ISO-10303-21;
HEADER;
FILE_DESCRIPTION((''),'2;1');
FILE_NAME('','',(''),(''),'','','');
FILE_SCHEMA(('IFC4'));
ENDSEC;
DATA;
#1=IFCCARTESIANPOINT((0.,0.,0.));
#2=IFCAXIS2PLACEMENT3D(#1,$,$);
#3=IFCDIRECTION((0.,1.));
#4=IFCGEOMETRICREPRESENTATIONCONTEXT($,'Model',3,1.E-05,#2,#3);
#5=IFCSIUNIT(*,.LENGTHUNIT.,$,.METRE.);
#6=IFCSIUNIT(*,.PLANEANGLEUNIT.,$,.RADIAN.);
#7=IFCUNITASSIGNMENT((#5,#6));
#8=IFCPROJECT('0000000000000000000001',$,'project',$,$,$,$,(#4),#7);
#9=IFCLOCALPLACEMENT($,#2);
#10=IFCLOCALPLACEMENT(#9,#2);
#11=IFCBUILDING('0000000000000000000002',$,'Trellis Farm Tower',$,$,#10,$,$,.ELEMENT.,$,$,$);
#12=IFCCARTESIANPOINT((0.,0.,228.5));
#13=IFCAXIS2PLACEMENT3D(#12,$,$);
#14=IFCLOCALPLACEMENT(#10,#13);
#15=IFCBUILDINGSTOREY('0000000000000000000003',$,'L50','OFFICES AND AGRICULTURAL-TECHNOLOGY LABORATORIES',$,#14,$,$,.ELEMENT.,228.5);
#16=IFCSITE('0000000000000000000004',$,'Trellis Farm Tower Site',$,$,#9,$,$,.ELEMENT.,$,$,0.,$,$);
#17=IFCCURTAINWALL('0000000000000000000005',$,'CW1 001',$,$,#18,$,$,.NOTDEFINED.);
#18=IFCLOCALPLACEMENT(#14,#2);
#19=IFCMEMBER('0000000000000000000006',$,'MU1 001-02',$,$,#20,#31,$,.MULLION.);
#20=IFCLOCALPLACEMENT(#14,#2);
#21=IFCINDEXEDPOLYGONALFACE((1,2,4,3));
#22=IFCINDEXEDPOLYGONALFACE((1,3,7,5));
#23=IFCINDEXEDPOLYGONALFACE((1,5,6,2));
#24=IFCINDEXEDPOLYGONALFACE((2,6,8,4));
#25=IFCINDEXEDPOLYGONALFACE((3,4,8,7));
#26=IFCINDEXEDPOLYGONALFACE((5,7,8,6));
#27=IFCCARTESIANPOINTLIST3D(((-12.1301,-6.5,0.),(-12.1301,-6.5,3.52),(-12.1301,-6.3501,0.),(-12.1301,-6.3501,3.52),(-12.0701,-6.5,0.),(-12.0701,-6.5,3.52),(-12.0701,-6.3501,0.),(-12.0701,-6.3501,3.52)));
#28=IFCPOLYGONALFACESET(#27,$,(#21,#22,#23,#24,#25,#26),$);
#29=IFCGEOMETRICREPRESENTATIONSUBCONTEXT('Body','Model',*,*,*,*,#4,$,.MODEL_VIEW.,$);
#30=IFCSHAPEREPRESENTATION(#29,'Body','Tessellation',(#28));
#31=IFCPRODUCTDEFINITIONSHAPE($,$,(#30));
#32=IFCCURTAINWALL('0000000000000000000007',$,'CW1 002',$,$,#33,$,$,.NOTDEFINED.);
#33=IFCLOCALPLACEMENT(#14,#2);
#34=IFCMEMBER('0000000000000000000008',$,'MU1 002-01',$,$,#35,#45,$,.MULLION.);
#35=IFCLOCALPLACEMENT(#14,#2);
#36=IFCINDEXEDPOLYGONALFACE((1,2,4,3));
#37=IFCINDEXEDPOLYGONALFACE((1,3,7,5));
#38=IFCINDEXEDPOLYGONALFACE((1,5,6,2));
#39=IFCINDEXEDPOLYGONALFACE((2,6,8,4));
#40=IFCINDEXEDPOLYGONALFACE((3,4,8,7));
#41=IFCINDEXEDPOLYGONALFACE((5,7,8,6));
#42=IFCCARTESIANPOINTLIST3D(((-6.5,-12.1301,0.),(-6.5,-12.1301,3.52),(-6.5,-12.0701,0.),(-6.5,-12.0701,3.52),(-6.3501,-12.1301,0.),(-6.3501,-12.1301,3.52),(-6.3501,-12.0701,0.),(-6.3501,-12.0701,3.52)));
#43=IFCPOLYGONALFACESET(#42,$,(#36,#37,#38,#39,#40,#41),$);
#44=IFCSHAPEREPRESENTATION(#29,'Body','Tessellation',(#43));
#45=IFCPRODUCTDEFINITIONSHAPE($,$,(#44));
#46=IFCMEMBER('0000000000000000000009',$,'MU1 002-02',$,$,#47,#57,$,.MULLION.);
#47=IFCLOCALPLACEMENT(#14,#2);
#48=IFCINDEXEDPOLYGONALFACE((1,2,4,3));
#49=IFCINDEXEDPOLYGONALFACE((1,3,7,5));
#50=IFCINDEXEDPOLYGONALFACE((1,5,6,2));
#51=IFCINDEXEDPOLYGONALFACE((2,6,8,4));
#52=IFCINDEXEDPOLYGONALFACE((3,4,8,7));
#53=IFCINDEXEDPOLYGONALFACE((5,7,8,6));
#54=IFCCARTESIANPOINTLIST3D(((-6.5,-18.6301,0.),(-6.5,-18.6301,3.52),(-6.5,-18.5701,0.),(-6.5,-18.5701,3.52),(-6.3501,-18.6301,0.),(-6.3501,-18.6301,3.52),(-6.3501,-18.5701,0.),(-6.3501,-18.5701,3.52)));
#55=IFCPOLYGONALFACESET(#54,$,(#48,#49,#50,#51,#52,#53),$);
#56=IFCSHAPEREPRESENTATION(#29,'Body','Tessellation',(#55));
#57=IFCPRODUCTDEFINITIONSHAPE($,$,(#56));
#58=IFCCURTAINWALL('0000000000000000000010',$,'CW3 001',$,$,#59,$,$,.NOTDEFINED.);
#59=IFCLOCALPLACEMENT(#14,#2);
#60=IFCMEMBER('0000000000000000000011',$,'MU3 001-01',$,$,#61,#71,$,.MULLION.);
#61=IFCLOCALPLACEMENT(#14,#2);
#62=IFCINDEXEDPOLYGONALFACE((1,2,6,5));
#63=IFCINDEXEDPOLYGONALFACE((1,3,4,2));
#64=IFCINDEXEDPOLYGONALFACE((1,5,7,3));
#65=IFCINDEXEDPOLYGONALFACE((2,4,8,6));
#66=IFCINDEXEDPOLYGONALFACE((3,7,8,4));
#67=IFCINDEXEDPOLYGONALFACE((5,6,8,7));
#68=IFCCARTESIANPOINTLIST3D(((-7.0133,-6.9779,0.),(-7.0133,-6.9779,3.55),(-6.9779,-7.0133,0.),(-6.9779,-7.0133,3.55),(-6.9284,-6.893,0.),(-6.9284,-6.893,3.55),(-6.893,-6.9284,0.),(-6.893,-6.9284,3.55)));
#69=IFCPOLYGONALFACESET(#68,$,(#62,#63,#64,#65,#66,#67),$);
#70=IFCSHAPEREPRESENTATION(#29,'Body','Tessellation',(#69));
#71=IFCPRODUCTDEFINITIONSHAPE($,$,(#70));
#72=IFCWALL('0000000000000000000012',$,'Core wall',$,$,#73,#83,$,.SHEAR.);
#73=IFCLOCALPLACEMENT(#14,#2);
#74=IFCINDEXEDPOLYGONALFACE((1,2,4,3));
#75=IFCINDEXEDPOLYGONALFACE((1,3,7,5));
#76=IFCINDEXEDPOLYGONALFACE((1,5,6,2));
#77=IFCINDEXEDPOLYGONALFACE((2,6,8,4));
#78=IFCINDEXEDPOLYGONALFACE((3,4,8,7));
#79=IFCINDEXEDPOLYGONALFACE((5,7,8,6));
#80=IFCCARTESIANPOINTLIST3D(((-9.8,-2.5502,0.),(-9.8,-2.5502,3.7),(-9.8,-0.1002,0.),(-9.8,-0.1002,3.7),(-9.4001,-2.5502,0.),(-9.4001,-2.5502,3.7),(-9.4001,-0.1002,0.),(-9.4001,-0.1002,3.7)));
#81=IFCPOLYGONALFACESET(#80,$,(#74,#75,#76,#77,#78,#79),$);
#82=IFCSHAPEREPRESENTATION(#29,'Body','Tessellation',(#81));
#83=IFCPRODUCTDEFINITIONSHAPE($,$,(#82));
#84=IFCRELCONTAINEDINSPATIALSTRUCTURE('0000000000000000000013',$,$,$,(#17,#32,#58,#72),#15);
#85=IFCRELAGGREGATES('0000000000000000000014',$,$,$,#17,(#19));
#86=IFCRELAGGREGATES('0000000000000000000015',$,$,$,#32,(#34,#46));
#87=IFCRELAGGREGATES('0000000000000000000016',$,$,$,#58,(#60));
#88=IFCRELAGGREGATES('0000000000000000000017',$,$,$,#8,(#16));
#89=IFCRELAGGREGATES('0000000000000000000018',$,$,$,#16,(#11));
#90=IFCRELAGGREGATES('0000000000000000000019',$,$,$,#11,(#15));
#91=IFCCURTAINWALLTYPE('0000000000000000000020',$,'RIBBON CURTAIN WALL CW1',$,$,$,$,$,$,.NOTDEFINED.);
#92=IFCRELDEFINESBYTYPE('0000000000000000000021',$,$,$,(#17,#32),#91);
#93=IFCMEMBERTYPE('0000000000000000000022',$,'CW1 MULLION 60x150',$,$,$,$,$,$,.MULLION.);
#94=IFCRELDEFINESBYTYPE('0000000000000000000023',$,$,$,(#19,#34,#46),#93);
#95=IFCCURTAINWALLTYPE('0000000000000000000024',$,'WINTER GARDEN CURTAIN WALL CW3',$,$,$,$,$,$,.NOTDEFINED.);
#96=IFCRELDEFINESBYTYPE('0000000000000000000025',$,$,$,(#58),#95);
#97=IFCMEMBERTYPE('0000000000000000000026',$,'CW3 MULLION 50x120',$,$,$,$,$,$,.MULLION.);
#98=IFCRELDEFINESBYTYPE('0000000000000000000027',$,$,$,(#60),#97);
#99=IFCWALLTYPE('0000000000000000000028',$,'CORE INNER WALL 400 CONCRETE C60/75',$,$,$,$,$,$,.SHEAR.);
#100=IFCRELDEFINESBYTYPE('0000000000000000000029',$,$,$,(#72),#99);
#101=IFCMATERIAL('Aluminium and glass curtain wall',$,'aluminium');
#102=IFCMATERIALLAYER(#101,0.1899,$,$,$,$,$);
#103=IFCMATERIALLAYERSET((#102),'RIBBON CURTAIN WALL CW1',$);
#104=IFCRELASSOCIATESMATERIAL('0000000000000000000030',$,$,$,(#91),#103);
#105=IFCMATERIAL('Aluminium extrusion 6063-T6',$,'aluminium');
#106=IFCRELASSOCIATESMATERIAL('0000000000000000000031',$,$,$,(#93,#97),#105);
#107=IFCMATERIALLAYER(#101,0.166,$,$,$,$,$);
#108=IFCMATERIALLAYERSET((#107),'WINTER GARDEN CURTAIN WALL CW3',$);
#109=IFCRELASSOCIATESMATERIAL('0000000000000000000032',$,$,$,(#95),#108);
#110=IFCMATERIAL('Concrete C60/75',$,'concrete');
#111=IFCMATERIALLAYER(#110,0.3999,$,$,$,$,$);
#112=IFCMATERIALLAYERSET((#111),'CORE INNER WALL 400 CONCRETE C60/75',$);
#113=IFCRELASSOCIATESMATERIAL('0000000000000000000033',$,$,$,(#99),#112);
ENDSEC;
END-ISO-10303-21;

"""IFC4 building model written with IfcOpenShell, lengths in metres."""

from ifc_helpers import new_model, si_unit, direction, frame, frame_2d, origin, origin_2d, place, context, subcontext, project, spatial, rectangle, extrude, source, transform, mapped, material, layer, layer_set, material_profile, profile_set, type_object, element, aggregate, save


model = new_model("IFC4")

# Units and contexts
model_context = context("Model", 3, precision=1e-05, world=origin(), true_north=direction((0.0, 1.0)))
body_context = subcontext(model_context, "Body", "Model", "MODEL_VIEW")
ifc_project = project(units=[si_unit("LENGTHUNIT", "METRE"), si_unit("PLANEANGLEUNIT", "RADIAN")], contexts=[model_context])

# Site, building, storey
site_placement = place(None, origin())
site = spatial("IfcSite", under=ifc_project, at=site_placement, Name="Trellis Farm Tower Site", CompositionType="ELEMENT", RefElevation=0.0)
building_placement = place(site_placement, origin())
building = spatial("IfcBuilding", under=site, at=building_placement, Name="Trellis Farm Tower", CompositionType="ELEMENT")
storey_placement = place(building_placement, frame((0.0, 0.0, 228.5)))
storey = spatial("IfcBuildingStorey", under=building, at=storey_placement, Name="L50", Description="OFFICES AND AGRICULTURAL-TECHNOLOGY LABORATORIES", CompositionType="ELEMENT", Elevation=228.5)

# Shared definitions
ifc_material_1 = material(Name="Concrete C60/75", Category="concrete")

# Curtain wall, member
ifc_material_2 = material(Name="Aluminium and glass curtain wall", Category="aluminium")
ifc_layer_1 = layer(ifc_material_2, 0.1899)
ifc_layer_set_1 = layer_set([ifc_layer_1], Name="RIBBON CURTAIN WALL CW1")
curtain_wall_type_1 = type_object("IfcCurtainWallType", Name="RIBBON CURTAIN WALL CW1", PredefinedType="NOTDEFINED", material=ifc_layer_set_1)
placement = place(storey_placement, origin())
curtain_wall_1 = element("IfcCurtainWall", 1, at=placement, inside=storey, type_object=curtain_wall_type_1, Name="CW1 001", PredefinedType="NOTDEFINED")
ifc_material_3 = material(Name="Aluminium extrusion 6063-T6", Category="aluminium")
ifc_material_profile_1 = material_profile(ifc_material_3, rectangle(XDim=0.0601, YDim=0.1499, at=origin_2d()), Name="MULLION 60x150")
ifc_profile_set_1 = profile_set([ifc_material_profile_1], Name="Aluminium extrusion 6063-T6")
member_type_1 = type_object("IfcMemberType", Name="CW1 MULLION 60x150", PredefinedType="MULLION", material=ifc_profile_set_1)
shared_shape_1 = source(origin(), body_context, "Body", "SweptSolid", [
    extrude(rectangle(XDim=0.0601, YDim=0.1499, at=origin_2d()), origin(), (0.0, 0.0, 1.0), 3.52),
])
member_1_placement = place(storey_placement, frame((-12.1001, -6.425, 0.0), z_axis=(0.0, 0.0, 1.0), x_axis=(1.0, 0.0, 0.0)))
member_1 = element("IfcMember", 2, at=member_1_placement, type_object=member_type_1, Name="MU1 001-02", PredefinedType="MULLION", context=body_context, shape_type="MappedRepresentation", body=[
    mapped(shared_shape_1, transform((0.0, 0.0, 0.0))),
])
aggregate(curtain_wall_1, [member_1])

# Curtain wall, members
curtain_wall_2 = element("IfcCurtainWall", 3, at=placement, inside=storey, type_object=curtain_wall_type_1, Name="CW1 002", PredefinedType="NOTDEFINED")
member_2_placement = place(storey_placement, frame((-6.425, -12.1001, 0.0), z_axis=(0.0, 0.0, 1.0), x_axis=(0.0, -1.0, 0.0)))
member_2 = element("IfcMember", 4, at=member_2_placement, type_object=member_type_1, Name="MU1 002-01", PredefinedType="MULLION", context=body_context, shape_type="MappedRepresentation", body=[
    mapped(shared_shape_1, transform((0.0, 0.0, 0.0))),
])
member_3_placement = place(storey_placement, frame((-6.425, -18.6001, 0.0), z_axis=(0.0, 0.0, 1.0), x_axis=(0.0, -1.0, 0.0)))
member_3 = element("IfcMember", 5, at=member_3_placement, type_object=member_type_1, Name="MU1 002-02", PredefinedType="MULLION", context=body_context, shape_type="MappedRepresentation", body=[
    mapped(shared_shape_1, transform((0.0, 0.0, 0.0))),
])
aggregate(curtain_wall_2, [member_2, member_3])

# Curtain wall, member
ifc_layer_2 = layer(ifc_material_2, 0.166)
ifc_layer_set_2 = layer_set([ifc_layer_2], Name="WINTER GARDEN CURTAIN WALL CW3")
curtain_wall_type_2 = type_object("IfcCurtainWallType", Name="WINTER GARDEN CURTAIN WALL CW3", PredefinedType="NOTDEFINED", material=ifc_layer_set_2)
curtain_wall_3 = element("IfcCurtainWall", 6, at=placement, inside=storey, type_object=curtain_wall_type_2, Name="CW3 001", PredefinedType="NOTDEFINED")
ifc_material_profile_2 = material_profile(ifc_material_3, rectangle(XDim=0.05, YDim=0.1201, at=origin_2d()), Name="MULLION 50x120")
ifc_profile_set_2 = profile_set([ifc_material_profile_2], Name="Aluminium extrusion 6063-T6")
member_type_2 = type_object("IfcMemberType", Name="CW3 MULLION 50x120", PredefinedType="MULLION", material=ifc_profile_set_2)
shared_shape_2 = source(origin(), body_context, "Body", "SweptSolid", [
    extrude(rectangle(XDim=0.05, YDim=0.1201, at=origin_2d()), origin(), (0.0, 0.0, 1.0), 3.55),
])
member_4_placement = place(storey_placement, frame((-6.9531, -6.9531, 0.0), z_axis=(0.0, 0.0, 1.0), x_axis=(0.707107, -0.707107, 0.0)))
member_4 = element("IfcMember", 7, at=member_4_placement, type_object=member_type_2, Name="MU3 001-01", PredefinedType="MULLION", context=body_context, shape_type="MappedRepresentation", body=[
    mapped(shared_shape_2, transform((0.0, 0.0, 0.0))),
])
aggregate(curtain_wall_3, [member_4])

# Wall
ifc_layer_3 = layer(ifc_material_1, 0.3999)
ifc_layer_set_3 = layer_set([ifc_layer_3], Name="CORE INNER WALL 400 CONCRETE C60/75")
wall_type_1 = type_object("IfcWallType", Name="CORE INNER WALL 400 CONCRETE C60/75", PredefinedType="SHEAR", material=ifc_layer_set_3)
shared_shape_3 = source(origin(), body_context, "Body", "SweptSolid", [
    extrude(rectangle(XDim=2.45, YDim=0.3999, at=frame_2d((1.2251, 0.0))), origin(), (0.0, 0.0, 1.0), 3.7),
])
wall_1_placement = place(storey_placement, frame((-9.6001, -0.1001, 0.0), z_axis=(0.0, 0.0, 1.0), x_axis=(0.0, -1.0, 0.0)))
element("IfcWall", 8, at=wall_1_placement, inside=storey, type_object=wall_type_1, Name="Core wall", PredefinedType="SHEAR", context=body_context, shape_type="MappedRepresentation", body=[
    mapped(shared_shape_3, transform((0.0, 0.0, 0.0))),
])

save(model, "model.ifc")
